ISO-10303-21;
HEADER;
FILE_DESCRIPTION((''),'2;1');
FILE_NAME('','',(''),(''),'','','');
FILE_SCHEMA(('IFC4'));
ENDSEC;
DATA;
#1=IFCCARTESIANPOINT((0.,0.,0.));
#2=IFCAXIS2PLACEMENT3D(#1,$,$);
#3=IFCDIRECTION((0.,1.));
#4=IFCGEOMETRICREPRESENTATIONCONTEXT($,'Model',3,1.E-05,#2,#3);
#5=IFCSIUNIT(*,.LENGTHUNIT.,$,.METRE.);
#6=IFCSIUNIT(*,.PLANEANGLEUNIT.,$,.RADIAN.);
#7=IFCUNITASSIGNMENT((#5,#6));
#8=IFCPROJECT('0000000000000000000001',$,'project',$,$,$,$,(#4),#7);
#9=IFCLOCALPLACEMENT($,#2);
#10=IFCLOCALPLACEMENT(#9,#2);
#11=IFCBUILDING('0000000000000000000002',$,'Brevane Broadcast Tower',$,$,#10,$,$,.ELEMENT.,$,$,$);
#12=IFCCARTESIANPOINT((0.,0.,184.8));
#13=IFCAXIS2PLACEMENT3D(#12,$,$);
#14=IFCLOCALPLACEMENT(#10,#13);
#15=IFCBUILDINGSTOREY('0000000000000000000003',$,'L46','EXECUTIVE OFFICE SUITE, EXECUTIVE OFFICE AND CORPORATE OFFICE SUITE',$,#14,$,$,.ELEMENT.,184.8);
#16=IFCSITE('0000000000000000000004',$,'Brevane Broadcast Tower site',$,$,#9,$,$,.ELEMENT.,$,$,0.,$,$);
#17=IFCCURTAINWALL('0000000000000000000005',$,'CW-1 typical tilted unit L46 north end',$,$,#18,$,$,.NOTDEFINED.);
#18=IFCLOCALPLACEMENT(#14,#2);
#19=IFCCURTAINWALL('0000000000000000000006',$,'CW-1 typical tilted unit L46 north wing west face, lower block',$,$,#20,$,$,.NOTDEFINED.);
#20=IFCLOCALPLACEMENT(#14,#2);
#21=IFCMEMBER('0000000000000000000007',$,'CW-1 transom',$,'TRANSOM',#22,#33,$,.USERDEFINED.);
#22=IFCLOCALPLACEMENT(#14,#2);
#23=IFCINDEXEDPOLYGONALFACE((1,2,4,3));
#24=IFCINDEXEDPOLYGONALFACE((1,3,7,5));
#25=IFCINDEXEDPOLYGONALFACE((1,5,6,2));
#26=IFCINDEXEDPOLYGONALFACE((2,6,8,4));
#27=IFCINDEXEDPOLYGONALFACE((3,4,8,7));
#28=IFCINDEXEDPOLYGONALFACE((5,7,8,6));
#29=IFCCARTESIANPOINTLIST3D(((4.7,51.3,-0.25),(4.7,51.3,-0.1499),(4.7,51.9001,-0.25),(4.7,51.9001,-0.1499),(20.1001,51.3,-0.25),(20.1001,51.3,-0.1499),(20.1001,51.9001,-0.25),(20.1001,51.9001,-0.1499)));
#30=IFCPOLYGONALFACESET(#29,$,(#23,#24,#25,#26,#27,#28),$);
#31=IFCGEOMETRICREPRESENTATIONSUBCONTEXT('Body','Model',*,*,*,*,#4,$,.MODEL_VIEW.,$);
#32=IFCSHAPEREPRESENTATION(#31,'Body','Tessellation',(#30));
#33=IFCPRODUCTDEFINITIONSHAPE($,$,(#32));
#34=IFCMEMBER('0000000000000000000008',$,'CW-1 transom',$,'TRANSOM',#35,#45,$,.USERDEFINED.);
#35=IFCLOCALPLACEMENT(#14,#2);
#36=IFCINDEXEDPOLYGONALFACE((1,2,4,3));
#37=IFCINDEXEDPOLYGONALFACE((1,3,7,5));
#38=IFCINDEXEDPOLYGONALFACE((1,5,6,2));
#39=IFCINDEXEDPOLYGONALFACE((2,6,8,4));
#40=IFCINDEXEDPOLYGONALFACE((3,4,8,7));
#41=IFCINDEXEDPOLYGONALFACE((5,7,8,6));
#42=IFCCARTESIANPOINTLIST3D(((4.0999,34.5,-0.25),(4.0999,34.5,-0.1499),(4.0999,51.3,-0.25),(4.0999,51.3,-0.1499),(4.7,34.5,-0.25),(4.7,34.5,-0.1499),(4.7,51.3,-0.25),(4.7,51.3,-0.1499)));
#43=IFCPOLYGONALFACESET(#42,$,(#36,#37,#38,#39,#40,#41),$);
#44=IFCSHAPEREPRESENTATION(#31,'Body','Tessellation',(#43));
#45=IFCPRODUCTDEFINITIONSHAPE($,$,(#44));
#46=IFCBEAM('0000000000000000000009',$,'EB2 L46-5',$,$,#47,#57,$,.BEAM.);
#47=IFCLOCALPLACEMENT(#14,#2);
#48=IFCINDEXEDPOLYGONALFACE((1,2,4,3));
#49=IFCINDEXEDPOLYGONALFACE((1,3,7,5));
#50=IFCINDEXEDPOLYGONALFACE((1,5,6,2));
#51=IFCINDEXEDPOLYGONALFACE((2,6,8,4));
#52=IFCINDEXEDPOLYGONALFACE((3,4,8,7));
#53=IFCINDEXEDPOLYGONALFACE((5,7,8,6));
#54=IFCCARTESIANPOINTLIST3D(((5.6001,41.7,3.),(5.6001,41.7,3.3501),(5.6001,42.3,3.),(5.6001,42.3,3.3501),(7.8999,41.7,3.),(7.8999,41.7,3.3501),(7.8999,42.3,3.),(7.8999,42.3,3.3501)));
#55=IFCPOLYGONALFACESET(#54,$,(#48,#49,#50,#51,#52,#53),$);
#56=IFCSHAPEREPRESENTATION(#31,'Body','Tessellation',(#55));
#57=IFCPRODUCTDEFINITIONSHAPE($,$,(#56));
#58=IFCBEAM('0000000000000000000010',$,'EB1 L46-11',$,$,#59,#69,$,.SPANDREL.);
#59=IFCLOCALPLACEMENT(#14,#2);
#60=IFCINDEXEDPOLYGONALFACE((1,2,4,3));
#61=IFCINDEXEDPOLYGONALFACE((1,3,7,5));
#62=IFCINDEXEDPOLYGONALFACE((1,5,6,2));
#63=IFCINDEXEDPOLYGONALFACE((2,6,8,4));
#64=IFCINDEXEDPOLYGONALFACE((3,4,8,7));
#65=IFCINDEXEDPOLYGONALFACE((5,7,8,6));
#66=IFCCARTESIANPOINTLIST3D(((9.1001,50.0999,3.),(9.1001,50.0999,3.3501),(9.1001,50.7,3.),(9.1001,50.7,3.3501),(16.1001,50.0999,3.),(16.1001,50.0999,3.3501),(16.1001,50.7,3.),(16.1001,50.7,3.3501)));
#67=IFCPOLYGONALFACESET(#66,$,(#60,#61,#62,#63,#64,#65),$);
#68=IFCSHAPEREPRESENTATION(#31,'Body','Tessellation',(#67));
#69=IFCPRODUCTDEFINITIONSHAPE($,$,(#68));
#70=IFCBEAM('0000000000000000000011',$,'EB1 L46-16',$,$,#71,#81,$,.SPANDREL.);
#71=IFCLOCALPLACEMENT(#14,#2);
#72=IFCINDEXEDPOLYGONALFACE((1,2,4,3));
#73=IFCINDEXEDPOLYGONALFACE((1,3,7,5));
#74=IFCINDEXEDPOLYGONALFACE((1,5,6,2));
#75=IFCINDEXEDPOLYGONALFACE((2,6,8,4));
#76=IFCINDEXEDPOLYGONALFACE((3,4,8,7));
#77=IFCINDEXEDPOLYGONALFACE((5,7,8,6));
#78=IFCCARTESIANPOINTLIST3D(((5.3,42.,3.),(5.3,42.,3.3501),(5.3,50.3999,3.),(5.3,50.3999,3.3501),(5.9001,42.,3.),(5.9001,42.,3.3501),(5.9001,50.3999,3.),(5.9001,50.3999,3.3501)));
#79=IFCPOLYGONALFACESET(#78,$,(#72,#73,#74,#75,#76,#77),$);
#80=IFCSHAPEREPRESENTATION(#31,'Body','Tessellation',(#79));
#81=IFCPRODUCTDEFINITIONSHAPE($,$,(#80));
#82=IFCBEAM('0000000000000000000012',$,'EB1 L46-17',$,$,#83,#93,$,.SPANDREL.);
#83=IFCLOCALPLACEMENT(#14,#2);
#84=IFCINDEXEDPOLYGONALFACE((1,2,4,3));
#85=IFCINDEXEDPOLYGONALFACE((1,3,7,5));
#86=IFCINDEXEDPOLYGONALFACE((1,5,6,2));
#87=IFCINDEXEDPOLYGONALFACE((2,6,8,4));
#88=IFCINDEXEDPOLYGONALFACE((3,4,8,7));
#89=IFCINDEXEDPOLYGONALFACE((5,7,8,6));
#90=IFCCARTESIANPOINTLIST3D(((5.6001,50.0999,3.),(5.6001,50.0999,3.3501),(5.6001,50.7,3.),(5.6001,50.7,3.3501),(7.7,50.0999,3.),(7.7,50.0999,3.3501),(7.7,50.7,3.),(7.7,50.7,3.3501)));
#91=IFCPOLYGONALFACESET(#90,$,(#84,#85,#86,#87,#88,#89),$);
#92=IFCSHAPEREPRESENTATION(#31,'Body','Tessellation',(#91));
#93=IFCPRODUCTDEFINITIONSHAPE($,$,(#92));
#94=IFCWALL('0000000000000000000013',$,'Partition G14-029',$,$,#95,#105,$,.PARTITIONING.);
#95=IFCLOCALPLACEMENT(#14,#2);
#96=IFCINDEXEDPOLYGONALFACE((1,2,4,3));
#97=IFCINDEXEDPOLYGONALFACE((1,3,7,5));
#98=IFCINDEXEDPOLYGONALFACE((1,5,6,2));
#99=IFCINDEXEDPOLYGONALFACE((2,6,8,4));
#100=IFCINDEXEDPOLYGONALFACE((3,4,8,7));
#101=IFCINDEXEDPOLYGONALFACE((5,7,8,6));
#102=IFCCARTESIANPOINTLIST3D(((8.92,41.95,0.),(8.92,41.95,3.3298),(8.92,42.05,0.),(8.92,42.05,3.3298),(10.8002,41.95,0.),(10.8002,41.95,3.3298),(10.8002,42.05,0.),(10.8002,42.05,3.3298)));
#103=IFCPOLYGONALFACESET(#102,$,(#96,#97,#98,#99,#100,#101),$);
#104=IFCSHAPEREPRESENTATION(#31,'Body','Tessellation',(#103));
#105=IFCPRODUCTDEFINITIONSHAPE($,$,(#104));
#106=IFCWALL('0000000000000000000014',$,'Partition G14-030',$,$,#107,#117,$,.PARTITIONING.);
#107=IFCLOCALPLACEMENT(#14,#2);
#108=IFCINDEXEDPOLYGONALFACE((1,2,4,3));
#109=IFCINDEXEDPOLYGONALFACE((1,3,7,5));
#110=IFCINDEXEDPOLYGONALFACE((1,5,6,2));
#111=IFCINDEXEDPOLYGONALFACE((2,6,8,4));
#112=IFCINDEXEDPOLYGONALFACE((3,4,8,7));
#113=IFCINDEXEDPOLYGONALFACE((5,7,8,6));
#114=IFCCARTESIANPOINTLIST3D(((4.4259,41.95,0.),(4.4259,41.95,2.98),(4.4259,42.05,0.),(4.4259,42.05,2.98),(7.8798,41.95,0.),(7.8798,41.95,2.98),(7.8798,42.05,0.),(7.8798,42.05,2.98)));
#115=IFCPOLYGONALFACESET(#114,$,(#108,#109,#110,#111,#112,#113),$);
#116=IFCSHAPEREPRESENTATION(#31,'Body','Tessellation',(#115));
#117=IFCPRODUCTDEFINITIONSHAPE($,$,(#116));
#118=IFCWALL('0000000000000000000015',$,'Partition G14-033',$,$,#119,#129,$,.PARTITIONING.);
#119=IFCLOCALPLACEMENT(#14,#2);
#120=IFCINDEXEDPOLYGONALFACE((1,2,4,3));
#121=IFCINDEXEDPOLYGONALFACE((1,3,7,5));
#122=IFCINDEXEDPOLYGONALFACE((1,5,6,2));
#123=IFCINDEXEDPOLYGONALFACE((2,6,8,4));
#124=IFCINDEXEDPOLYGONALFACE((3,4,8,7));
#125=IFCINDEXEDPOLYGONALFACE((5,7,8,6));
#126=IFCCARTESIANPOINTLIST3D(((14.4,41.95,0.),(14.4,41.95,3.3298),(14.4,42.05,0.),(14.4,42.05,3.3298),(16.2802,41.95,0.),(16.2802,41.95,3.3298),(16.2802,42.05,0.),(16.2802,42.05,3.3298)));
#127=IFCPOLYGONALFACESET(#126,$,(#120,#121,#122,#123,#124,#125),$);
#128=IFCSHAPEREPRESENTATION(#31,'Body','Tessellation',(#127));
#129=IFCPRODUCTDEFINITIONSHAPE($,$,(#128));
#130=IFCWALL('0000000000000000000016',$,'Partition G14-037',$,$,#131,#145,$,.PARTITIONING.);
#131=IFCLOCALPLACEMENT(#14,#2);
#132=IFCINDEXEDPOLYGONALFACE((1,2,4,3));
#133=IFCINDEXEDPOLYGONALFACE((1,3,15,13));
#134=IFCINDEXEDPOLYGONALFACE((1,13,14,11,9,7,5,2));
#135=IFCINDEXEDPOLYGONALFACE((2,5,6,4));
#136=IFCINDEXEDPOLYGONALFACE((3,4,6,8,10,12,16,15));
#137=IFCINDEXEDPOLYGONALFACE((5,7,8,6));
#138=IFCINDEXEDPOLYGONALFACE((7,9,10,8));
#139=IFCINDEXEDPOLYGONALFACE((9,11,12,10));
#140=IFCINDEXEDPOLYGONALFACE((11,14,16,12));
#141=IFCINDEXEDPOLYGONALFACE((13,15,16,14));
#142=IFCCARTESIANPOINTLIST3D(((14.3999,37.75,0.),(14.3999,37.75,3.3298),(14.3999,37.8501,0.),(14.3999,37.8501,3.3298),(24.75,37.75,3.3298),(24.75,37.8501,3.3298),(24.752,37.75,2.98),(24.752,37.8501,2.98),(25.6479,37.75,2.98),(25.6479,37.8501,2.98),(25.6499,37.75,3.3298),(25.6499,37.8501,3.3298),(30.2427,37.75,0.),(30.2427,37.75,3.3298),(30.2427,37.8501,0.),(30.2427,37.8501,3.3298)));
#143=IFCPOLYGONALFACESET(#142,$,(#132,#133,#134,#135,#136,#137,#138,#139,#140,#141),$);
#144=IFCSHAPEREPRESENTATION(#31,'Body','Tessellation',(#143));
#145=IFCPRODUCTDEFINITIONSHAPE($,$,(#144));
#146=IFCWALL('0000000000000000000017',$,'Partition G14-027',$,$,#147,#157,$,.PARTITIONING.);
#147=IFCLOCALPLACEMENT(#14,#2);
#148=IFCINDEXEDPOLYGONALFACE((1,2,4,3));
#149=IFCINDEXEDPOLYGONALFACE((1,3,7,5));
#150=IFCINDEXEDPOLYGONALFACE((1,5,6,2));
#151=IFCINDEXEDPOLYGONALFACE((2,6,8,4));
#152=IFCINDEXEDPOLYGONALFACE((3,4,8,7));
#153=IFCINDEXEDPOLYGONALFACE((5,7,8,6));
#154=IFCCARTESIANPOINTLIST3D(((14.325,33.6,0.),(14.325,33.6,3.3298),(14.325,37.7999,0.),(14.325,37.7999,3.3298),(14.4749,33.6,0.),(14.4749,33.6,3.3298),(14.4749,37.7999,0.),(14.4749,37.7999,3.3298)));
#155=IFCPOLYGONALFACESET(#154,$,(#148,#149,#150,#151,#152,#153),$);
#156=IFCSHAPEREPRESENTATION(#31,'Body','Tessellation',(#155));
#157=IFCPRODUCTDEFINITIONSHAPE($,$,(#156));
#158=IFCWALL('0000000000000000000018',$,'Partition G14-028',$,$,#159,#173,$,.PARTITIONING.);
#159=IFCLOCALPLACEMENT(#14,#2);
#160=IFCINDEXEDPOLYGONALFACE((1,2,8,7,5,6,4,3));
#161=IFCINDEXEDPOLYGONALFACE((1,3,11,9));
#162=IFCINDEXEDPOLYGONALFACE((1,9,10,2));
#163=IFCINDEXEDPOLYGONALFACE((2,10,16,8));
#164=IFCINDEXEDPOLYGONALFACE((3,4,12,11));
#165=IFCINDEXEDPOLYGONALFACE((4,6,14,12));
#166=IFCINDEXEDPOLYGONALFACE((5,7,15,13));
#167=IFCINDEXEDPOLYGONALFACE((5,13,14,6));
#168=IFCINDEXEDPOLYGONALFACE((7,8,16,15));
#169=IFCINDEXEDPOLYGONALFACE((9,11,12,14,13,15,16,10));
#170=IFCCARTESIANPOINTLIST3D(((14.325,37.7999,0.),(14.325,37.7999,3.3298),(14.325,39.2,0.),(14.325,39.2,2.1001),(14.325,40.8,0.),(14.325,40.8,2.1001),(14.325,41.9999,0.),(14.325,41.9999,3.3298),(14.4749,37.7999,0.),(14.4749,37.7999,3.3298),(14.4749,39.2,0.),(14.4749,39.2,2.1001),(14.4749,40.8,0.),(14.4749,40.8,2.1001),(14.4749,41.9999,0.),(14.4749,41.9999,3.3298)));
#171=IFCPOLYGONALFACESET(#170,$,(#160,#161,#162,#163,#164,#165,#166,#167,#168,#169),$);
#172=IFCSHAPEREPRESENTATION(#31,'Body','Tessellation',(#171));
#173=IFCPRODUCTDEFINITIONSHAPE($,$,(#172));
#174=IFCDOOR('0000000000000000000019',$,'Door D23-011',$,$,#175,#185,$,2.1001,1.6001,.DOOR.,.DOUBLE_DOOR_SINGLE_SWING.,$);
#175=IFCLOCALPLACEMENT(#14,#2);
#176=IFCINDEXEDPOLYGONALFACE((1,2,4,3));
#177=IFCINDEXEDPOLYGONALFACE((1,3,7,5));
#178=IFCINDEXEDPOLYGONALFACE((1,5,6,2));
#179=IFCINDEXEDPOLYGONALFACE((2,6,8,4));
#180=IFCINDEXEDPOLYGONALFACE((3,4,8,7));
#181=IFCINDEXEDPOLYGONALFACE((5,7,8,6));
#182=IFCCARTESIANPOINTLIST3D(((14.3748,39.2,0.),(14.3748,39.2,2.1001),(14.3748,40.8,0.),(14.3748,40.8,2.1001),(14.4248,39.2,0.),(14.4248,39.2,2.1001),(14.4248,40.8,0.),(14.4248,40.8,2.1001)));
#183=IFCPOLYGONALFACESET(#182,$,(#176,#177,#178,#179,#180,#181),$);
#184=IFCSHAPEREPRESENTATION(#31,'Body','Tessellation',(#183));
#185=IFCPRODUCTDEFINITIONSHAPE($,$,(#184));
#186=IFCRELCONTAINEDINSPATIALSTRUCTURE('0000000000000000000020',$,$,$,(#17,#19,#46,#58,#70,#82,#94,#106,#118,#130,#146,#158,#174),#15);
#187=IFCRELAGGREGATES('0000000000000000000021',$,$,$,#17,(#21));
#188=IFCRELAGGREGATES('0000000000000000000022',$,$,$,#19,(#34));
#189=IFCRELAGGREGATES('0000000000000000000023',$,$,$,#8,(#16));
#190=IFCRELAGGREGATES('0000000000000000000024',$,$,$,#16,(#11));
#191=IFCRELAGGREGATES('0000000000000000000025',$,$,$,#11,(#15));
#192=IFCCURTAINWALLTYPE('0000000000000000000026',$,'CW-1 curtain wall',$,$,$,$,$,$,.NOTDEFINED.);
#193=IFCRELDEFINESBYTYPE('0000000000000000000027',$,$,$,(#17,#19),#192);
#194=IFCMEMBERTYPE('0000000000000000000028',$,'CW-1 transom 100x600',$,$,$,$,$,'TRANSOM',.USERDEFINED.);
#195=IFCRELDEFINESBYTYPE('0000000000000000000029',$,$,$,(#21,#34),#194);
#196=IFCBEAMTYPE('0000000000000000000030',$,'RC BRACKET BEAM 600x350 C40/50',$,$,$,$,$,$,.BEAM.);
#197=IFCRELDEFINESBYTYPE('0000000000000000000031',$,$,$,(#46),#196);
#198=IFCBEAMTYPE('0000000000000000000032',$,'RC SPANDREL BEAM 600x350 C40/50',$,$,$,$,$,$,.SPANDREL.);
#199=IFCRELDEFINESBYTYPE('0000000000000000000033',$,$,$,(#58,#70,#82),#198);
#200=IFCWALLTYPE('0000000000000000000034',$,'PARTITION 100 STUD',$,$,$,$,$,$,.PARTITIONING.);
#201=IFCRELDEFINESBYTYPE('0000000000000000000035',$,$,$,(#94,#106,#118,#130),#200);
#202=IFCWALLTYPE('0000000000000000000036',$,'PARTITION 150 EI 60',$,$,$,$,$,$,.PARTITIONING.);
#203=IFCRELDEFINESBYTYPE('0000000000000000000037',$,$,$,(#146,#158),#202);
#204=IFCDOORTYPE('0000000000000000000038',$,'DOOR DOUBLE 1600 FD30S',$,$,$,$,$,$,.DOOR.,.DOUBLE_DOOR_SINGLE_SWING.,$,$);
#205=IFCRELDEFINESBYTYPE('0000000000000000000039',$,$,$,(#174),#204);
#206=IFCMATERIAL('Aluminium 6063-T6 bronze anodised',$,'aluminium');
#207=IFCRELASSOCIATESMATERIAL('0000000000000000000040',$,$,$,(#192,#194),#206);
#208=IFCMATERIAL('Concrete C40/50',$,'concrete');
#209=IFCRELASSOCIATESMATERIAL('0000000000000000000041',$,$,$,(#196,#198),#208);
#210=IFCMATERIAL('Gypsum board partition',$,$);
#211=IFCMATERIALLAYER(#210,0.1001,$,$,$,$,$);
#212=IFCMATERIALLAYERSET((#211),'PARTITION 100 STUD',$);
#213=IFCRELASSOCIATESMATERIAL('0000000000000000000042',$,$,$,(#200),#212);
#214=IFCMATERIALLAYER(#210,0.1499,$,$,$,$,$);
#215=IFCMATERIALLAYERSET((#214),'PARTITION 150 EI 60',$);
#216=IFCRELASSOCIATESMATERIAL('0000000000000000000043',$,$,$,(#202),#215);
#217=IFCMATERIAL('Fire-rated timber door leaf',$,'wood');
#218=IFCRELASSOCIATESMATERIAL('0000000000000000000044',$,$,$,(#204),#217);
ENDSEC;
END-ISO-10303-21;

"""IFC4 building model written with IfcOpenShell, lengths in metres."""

from ifc_helpers import new_model, si_unit, direction, frame, frame_2d, origin, origin_2d, place, context, subcontext, project, spatial, polyline, rectangle, outline, extrude, material, layer, layer_set, material_profile, profile_set, type_object, element, fill, aggregate, save


model = new_model("IFC4")

# Units and contexts
model_context = context("Model", 3, precision=1e-05, world=origin(), true_north=direction((0.0, 1.0)))
body_context = subcontext(model_context, "Body", "Model", "MODEL_VIEW")
ifc_project = project(units=[si_unit("LENGTHUNIT", "METRE"), si_unit("PLANEANGLEUNIT", "RADIAN")], contexts=[model_context])

# Site, building, storey
site_placement = place(None, origin())
site = spatial("IfcSite", under=ifc_project, at=site_placement, Name="Brevane Broadcast Tower site", CompositionType="ELEMENT", RefElevation=0.0)
building_placement = place(site_placement, origin())
building = spatial("IfcBuilding", under=site, at=building_placement, Name="Brevane Broadcast Tower", CompositionType="ELEMENT")
storey_placement = place(building_placement, frame((0.0, 0.0, 184.8)))
storey = spatial("IfcBuildingStorey", under=building, at=storey_placement, Name="L46", Description="EXECUTIVE OFFICE SUITE, EXECUTIVE OFFICE AND CORPORATE OFFICE SUITE", CompositionType="ELEMENT", Elevation=184.8)

# Shared definitions
ifc_material_1 = material(Name="Aluminium 6063-T6 bronze anodised", Category="aluminium")
curtain_wall_type = type_object("IfcCurtainWallType", Name="CW-1 curtain wall", PredefinedType="NOTDEFINED", material=ifc_material_1)

# Curtain walls
curtain_wall_1_placement = place(storey_placement, origin())
curtain_wall_1 = element("IfcCurtainWall", 1, at=curtain_wall_1_placement, inside=storey, type_object=curtain_wall_type, Name="CW-1 typical tilted unit L46 north end", PredefinedType="NOTDEFINED")
curtain_wall_2_placement = place(storey_placement, origin())
curtain_wall_2 = element("IfcCurtainWall", 2, at=curtain_wall_2_placement, inside=storey, type_object=curtain_wall_type, Name="CW-1 typical tilted unit L46 north wing west face, lower block", PredefinedType="NOTDEFINED")

# Members
ifc_material_profile_1 = material_profile(ifc_material_1, rectangle(XDim=0.6001, YDim=0.1001, at=origin_2d()), Name="RECT 100x600")
ifc_profile_set_1 = profile_set([ifc_material_profile_1], Name="Aluminium 6063-T6 bronze anodised")
member_type_1 = type_object("IfcMemberType", Name="CW-1 transom 100x600", ElementType="TRANSOM", PredefinedType="USERDEFINED", material=ifc_profile_set_1)
member_1_placement = place(storey_placement, frame((20.1001, 51.6001, -0.2), z_axis=(-1.0, 0.0, 0.0), x_axis=(0.0, -1.0, 0.0)))
member_1 = element("IfcMember", 3, at=member_1_placement, type_object=member_type_1, Name="CW-1 transom", ObjectType="TRANSOM", PredefinedType="USERDEFINED", context=body_context, shape_type="SweptSolid", body=[
    extrude(rectangle(XDim=0.6001, YDim=0.1001, at=origin_2d()), origin(), (0.0, 0.0, 1.0), 15.4001),
])
aggregate(curtain_wall_1, [member_1])
member_2_placement = place(storey_placement, frame((4.3999, 51.3, -0.2), z_axis=(0.0, -1.0, 0.0), x_axis=(1.0, 0.0, 0.0)))
member_2 = element("IfcMember", 4, at=member_2_placement, type_object=member_type_1, Name="CW-1 transom", ObjectType="TRANSOM", PredefinedType="USERDEFINED", context=body_context, shape_type="SweptSolid", body=[
    extrude(rectangle(XDim=0.6001, YDim=0.1001, at=origin_2d()), origin(), (0.0, 0.0, 1.0), 16.8),
])
aggregate(curtain_wall_2, [member_2])

# Beams
ifc_material_2 = material(Name="Concrete C40/50", Category="concrete")
ifc_material_profile_2 = material_profile(ifc_material_2, rectangle(XDim=0.6001, YDim=0.3501, at=origin_2d()), Name="RC 600x350")
ifc_profile_set_2 = profile_set([ifc_material_profile_2], Name="Concrete C40/50")
beam_type_1 = type_object("IfcBeamType", Name="RC BRACKET BEAM 600x350 C40/50", PredefinedType="BEAM", material=ifc_profile_set_2)
beam_1_placement = place(storey_placement, frame((7.8999, 42.0, 3.175), z_axis=(-1.0, 0.0, 0.0), x_axis=(0.0, -1.0, 0.0)))
element("IfcBeam", 5, at=beam_1_placement, inside=storey, type_object=beam_type_1, Name="EB2 L46-5", PredefinedType="BEAM", context=body_context, shape_type="SweptSolid", body=[
    extrude(rectangle(XDim=0.6001, YDim=0.3501, at=origin_2d()), origin(), (0.0, 0.0, 1.0), 2.2998),
])
ifc_material_profile_3 = material_profile(ifc_material_2, rectangle(XDim=0.6001, YDim=0.3501, at=origin_2d()), Name="RC 600x350")
ifc_profile_set_3 = profile_set([ifc_material_profile_3], Name="Concrete C40/50")
beam_type_2 = type_object("IfcBeamType", Name="RC SPANDREL BEAM 600x350 C40/50", PredefinedType="SPANDREL", material=ifc_profile_set_3)
beam_2_placement = place(storey_placement, frame((16.1001, 50.3999, 3.175), z_axis=(-1.0, 0.0, 0.0), x_axis=(0.0, -1.0, 0.0)))
element("IfcBeam", 6, at=beam_2_placement, inside=storey, type_object=beam_type_2, Name="EB1 L46-11", PredefinedType="SPANDREL", context=body_context, shape_type="SweptSolid", body=[
    extrude(rectangle(XDim=0.6001, YDim=0.3501, at=origin_2d()), origin(), (0.0, 0.0, 1.0), 7.0),
])
beam_3_placement = place(storey_placement, frame((5.6001, 42.0, 3.175), z_axis=(0.0, 1.0, 0.0), x_axis=(-1.0, 0.0, 0.0)))
element("IfcBeam", 7, at=beam_3_placement, inside=storey, type_object=beam_type_2, Name="EB1 L46-16", PredefinedType="SPANDREL", context=body_context, shape_type="SweptSolid", body=[
    extrude(rectangle(XDim=0.6001, YDim=0.3501, at=origin_2d()), origin(), (0.0, 0.0, 1.0), 8.3999),
])
beam_4_placement = place(storey_placement, frame((5.6001, 50.3999, 3.175), z_axis=(1.0, 0.0, 0.0), x_axis=(0.0, 1.0, 0.0)))
element("IfcBeam", 8, at=beam_4_placement, inside=storey, type_object=beam_type_2, Name="EB1 L46-17", PredefinedType="SPANDREL", context=body_context, shape_type="SweptSolid", body=[
    extrude(rectangle(XDim=0.6001, YDim=0.3501, at=origin_2d()), origin(), (0.0, 0.0, 1.0), 2.0999),
])

# Walls
ifc_material_3 = material(Name="Gypsum board partition")
ifc_layer_1 = layer(ifc_material_3, 0.1001)
ifc_layer_set_1 = layer_set([ifc_layer_1], Name="PARTITION 100 STUD")
wall_type_1 = type_object("IfcWallType", Name="PARTITION 100 STUD", PredefinedType="PARTITIONING", material=ifc_layer_set_1)
wall_1_placement = place(storey_placement, frame((10.8, 42.0, 0.0), z_axis=(0.0, 0.0, 1.0), x_axis=(-1.0, 0.0, 0.0)))
element("IfcWall", 9, at=wall_1_placement, inside=storey, type_object=wall_type_1, Name="Partition G14-029", PredefinedType="PARTITIONING", context=body_context, shape_type="SweptSolid", body=[
    extrude(rectangle(XDim=1.8801, YDim=0.1001, at=frame_2d((0.9399, 0.0))), origin(), (0.0, 0.0, 1.0), 3.3298),
])
wall_2_placement = place(storey_placement, frame((7.8799, 42.0, 0.0), z_axis=(0.0, 0.0, 1.0), x_axis=(-1.0, 0.0, 0.0)))
element("IfcWall", 10, at=wall_2_placement, inside=storey, type_object=wall_type_1, Name="Partition G14-030", PredefinedType="PARTITIONING", context=body_context, shape_type="SweptSolid", body=[
    extrude(rectangle(XDim=3.4539, YDim=0.1001, at=frame_2d((1.7271, 0.0))), origin(), (0.0, 0.0, 1.0), 2.98),
])
wall_3_placement = place(storey_placement, frame((16.28, 42.0, 0.0), z_axis=(0.0, 0.0, 1.0), x_axis=(-1.0, 0.0, 0.0)))
element("IfcWall", 11, at=wall_3_placement, inside=storey, type_object=wall_type_1, Name="Partition G14-033", PredefinedType="PARTITIONING", context=body_context, shape_type="SweptSolid", body=[
    extrude(rectangle(XDim=1.8801, YDim=0.1001, at=frame_2d((0.9399, 0.0))), origin(), (0.0, 0.0, 1.0), 3.3298),
])
wall_4_placement = place(storey_placement, frame((14.3999, 37.8, 0.0), z_axis=(0.0, 0.0, 1.0), x_axis=(1.0, 0.0, 0.0)))
element("IfcWall", 12, at=wall_4_placement, inside=storey, type_object=wall_type_1, Name="Partition G14-037", PredefinedType="PARTITIONING", context=body_context, shape_type="SweptSolid", body=[
    extrude(outline(polyline([(0.0, 0.0), (15.8428, 0.0), (15.8428, 3.3298), (11.25, 3.3298), (11.248, 2.98), (10.3521, 2.98), (10.3501, 3.3298), (0.0, 3.3298), (0.0, 0.0)])), frame((0.0, 0.05, 0.0), z_axis=(0.0, -1.0, 0.0), x_axis=(1.0, 0.0, 0.0)), (0.0, 0.0, 1.0), 0.1001),
])

# Shared definitions
ifc_layer_2 = layer(ifc_material_3, 0.1499)
ifc_layer_set_2 = layer_set([ifc_layer_2], Name="PARTITION 150 EI 60")
wall_type_2 = type_object("IfcWallType", Name="PARTITION 150 EI 60", PredefinedType="PARTITIONING", material=ifc_layer_set_2)
ifc_material_4 = material(Name="Fire-rated timber door leaf", Category="wood")

# Wall
wall_5_placement = place(storey_placement, frame((14.3999, 37.8, 0.0), z_axis=(0.0, 0.0, 1.0), x_axis=(0.0, -1.0, 0.0)))
element("IfcWall", 13, at=wall_5_placement, inside=storey, type_object=wall_type_2, Name="Partition G14-027", PredefinedType="PARTITIONING", context=body_context, shape_type="SweptSolid", body=[
    extrude(rectangle(XDim=4.2, YDim=0.1499, at=frame_2d((2.1001, 0.0))), origin(), (0.0, 0.0, 1.0), 3.3298),
])

# Wall, opening, door
wall_6_placement = place(storey_placement, frame((14.3999, 42.0, 0.0), z_axis=(0.0, 0.0, 1.0), x_axis=(0.0, -1.0, 0.0)))
wall_6 = element("IfcWall", 14, at=wall_6_placement, inside=storey, type_object=wall_type_2, Name="Partition G14-028", PredefinedType="PARTITIONING", context=body_context, shape_type="SweptSolid", body=[
    extrude(rectangle(XDim=4.2, YDim=0.1499, at=frame_2d((2.1001, 0.0))), origin(), (0.0, 0.0, 1.0), 3.3298),
])
opening_1_placement = place(wall_6_placement, frame((1.2, 0.0, 0.0)))
opening_1 = element("IfcOpeningElement", 15, at=opening_1_placement, cuts=wall_6, PredefinedType="OPENING", context=body_context, shape_type="SweptSolid", body=[
    extrude(rectangle(XDim=1.6001, YDim=2.1001, at=frame_2d((0.8, 1.05))), frame((0.0, 0.085, 0.0), z_axis=(0.0, -1.0, 0.0), x_axis=(1.0, 0.0, 0.0)), (0.0, 0.0, 1.0), 0.1699),
])
door_type_1 = type_object("IfcDoorType", Name="DOOR DOUBLE 1600 FD30S", OperationType="DOUBLE_DOOR_SINGLE_SWING", PredefinedType="DOOR", material=ifc_material_4)
door_1_placement = place(opening_1_placement, origin())
door_1 = element("IfcDoor", 16, at=door_1_placement, inside=storey, type_object=door_type_1, Name="Door D23-011", OperationType="DOUBLE_DOOR_SINGLE_SWING", OverallHeight=2.1001, OverallWidth=1.6001, PredefinedType="DOOR", context=body_context, shape_type="SweptSolid", body=[
    extrude(rectangle(XDim=1.6001, YDim=2.1001, at=frame_2d((0.8, 1.05))), frame((0.0, 0.0249, 0.0), z_axis=(0.0, -1.0, 0.0), x_axis=(1.0, 0.0, 0.0)), (0.0, 0.0, 1.0), 0.05),
])
fill(opening_1, door_1)

save(model, "model.ifc")
